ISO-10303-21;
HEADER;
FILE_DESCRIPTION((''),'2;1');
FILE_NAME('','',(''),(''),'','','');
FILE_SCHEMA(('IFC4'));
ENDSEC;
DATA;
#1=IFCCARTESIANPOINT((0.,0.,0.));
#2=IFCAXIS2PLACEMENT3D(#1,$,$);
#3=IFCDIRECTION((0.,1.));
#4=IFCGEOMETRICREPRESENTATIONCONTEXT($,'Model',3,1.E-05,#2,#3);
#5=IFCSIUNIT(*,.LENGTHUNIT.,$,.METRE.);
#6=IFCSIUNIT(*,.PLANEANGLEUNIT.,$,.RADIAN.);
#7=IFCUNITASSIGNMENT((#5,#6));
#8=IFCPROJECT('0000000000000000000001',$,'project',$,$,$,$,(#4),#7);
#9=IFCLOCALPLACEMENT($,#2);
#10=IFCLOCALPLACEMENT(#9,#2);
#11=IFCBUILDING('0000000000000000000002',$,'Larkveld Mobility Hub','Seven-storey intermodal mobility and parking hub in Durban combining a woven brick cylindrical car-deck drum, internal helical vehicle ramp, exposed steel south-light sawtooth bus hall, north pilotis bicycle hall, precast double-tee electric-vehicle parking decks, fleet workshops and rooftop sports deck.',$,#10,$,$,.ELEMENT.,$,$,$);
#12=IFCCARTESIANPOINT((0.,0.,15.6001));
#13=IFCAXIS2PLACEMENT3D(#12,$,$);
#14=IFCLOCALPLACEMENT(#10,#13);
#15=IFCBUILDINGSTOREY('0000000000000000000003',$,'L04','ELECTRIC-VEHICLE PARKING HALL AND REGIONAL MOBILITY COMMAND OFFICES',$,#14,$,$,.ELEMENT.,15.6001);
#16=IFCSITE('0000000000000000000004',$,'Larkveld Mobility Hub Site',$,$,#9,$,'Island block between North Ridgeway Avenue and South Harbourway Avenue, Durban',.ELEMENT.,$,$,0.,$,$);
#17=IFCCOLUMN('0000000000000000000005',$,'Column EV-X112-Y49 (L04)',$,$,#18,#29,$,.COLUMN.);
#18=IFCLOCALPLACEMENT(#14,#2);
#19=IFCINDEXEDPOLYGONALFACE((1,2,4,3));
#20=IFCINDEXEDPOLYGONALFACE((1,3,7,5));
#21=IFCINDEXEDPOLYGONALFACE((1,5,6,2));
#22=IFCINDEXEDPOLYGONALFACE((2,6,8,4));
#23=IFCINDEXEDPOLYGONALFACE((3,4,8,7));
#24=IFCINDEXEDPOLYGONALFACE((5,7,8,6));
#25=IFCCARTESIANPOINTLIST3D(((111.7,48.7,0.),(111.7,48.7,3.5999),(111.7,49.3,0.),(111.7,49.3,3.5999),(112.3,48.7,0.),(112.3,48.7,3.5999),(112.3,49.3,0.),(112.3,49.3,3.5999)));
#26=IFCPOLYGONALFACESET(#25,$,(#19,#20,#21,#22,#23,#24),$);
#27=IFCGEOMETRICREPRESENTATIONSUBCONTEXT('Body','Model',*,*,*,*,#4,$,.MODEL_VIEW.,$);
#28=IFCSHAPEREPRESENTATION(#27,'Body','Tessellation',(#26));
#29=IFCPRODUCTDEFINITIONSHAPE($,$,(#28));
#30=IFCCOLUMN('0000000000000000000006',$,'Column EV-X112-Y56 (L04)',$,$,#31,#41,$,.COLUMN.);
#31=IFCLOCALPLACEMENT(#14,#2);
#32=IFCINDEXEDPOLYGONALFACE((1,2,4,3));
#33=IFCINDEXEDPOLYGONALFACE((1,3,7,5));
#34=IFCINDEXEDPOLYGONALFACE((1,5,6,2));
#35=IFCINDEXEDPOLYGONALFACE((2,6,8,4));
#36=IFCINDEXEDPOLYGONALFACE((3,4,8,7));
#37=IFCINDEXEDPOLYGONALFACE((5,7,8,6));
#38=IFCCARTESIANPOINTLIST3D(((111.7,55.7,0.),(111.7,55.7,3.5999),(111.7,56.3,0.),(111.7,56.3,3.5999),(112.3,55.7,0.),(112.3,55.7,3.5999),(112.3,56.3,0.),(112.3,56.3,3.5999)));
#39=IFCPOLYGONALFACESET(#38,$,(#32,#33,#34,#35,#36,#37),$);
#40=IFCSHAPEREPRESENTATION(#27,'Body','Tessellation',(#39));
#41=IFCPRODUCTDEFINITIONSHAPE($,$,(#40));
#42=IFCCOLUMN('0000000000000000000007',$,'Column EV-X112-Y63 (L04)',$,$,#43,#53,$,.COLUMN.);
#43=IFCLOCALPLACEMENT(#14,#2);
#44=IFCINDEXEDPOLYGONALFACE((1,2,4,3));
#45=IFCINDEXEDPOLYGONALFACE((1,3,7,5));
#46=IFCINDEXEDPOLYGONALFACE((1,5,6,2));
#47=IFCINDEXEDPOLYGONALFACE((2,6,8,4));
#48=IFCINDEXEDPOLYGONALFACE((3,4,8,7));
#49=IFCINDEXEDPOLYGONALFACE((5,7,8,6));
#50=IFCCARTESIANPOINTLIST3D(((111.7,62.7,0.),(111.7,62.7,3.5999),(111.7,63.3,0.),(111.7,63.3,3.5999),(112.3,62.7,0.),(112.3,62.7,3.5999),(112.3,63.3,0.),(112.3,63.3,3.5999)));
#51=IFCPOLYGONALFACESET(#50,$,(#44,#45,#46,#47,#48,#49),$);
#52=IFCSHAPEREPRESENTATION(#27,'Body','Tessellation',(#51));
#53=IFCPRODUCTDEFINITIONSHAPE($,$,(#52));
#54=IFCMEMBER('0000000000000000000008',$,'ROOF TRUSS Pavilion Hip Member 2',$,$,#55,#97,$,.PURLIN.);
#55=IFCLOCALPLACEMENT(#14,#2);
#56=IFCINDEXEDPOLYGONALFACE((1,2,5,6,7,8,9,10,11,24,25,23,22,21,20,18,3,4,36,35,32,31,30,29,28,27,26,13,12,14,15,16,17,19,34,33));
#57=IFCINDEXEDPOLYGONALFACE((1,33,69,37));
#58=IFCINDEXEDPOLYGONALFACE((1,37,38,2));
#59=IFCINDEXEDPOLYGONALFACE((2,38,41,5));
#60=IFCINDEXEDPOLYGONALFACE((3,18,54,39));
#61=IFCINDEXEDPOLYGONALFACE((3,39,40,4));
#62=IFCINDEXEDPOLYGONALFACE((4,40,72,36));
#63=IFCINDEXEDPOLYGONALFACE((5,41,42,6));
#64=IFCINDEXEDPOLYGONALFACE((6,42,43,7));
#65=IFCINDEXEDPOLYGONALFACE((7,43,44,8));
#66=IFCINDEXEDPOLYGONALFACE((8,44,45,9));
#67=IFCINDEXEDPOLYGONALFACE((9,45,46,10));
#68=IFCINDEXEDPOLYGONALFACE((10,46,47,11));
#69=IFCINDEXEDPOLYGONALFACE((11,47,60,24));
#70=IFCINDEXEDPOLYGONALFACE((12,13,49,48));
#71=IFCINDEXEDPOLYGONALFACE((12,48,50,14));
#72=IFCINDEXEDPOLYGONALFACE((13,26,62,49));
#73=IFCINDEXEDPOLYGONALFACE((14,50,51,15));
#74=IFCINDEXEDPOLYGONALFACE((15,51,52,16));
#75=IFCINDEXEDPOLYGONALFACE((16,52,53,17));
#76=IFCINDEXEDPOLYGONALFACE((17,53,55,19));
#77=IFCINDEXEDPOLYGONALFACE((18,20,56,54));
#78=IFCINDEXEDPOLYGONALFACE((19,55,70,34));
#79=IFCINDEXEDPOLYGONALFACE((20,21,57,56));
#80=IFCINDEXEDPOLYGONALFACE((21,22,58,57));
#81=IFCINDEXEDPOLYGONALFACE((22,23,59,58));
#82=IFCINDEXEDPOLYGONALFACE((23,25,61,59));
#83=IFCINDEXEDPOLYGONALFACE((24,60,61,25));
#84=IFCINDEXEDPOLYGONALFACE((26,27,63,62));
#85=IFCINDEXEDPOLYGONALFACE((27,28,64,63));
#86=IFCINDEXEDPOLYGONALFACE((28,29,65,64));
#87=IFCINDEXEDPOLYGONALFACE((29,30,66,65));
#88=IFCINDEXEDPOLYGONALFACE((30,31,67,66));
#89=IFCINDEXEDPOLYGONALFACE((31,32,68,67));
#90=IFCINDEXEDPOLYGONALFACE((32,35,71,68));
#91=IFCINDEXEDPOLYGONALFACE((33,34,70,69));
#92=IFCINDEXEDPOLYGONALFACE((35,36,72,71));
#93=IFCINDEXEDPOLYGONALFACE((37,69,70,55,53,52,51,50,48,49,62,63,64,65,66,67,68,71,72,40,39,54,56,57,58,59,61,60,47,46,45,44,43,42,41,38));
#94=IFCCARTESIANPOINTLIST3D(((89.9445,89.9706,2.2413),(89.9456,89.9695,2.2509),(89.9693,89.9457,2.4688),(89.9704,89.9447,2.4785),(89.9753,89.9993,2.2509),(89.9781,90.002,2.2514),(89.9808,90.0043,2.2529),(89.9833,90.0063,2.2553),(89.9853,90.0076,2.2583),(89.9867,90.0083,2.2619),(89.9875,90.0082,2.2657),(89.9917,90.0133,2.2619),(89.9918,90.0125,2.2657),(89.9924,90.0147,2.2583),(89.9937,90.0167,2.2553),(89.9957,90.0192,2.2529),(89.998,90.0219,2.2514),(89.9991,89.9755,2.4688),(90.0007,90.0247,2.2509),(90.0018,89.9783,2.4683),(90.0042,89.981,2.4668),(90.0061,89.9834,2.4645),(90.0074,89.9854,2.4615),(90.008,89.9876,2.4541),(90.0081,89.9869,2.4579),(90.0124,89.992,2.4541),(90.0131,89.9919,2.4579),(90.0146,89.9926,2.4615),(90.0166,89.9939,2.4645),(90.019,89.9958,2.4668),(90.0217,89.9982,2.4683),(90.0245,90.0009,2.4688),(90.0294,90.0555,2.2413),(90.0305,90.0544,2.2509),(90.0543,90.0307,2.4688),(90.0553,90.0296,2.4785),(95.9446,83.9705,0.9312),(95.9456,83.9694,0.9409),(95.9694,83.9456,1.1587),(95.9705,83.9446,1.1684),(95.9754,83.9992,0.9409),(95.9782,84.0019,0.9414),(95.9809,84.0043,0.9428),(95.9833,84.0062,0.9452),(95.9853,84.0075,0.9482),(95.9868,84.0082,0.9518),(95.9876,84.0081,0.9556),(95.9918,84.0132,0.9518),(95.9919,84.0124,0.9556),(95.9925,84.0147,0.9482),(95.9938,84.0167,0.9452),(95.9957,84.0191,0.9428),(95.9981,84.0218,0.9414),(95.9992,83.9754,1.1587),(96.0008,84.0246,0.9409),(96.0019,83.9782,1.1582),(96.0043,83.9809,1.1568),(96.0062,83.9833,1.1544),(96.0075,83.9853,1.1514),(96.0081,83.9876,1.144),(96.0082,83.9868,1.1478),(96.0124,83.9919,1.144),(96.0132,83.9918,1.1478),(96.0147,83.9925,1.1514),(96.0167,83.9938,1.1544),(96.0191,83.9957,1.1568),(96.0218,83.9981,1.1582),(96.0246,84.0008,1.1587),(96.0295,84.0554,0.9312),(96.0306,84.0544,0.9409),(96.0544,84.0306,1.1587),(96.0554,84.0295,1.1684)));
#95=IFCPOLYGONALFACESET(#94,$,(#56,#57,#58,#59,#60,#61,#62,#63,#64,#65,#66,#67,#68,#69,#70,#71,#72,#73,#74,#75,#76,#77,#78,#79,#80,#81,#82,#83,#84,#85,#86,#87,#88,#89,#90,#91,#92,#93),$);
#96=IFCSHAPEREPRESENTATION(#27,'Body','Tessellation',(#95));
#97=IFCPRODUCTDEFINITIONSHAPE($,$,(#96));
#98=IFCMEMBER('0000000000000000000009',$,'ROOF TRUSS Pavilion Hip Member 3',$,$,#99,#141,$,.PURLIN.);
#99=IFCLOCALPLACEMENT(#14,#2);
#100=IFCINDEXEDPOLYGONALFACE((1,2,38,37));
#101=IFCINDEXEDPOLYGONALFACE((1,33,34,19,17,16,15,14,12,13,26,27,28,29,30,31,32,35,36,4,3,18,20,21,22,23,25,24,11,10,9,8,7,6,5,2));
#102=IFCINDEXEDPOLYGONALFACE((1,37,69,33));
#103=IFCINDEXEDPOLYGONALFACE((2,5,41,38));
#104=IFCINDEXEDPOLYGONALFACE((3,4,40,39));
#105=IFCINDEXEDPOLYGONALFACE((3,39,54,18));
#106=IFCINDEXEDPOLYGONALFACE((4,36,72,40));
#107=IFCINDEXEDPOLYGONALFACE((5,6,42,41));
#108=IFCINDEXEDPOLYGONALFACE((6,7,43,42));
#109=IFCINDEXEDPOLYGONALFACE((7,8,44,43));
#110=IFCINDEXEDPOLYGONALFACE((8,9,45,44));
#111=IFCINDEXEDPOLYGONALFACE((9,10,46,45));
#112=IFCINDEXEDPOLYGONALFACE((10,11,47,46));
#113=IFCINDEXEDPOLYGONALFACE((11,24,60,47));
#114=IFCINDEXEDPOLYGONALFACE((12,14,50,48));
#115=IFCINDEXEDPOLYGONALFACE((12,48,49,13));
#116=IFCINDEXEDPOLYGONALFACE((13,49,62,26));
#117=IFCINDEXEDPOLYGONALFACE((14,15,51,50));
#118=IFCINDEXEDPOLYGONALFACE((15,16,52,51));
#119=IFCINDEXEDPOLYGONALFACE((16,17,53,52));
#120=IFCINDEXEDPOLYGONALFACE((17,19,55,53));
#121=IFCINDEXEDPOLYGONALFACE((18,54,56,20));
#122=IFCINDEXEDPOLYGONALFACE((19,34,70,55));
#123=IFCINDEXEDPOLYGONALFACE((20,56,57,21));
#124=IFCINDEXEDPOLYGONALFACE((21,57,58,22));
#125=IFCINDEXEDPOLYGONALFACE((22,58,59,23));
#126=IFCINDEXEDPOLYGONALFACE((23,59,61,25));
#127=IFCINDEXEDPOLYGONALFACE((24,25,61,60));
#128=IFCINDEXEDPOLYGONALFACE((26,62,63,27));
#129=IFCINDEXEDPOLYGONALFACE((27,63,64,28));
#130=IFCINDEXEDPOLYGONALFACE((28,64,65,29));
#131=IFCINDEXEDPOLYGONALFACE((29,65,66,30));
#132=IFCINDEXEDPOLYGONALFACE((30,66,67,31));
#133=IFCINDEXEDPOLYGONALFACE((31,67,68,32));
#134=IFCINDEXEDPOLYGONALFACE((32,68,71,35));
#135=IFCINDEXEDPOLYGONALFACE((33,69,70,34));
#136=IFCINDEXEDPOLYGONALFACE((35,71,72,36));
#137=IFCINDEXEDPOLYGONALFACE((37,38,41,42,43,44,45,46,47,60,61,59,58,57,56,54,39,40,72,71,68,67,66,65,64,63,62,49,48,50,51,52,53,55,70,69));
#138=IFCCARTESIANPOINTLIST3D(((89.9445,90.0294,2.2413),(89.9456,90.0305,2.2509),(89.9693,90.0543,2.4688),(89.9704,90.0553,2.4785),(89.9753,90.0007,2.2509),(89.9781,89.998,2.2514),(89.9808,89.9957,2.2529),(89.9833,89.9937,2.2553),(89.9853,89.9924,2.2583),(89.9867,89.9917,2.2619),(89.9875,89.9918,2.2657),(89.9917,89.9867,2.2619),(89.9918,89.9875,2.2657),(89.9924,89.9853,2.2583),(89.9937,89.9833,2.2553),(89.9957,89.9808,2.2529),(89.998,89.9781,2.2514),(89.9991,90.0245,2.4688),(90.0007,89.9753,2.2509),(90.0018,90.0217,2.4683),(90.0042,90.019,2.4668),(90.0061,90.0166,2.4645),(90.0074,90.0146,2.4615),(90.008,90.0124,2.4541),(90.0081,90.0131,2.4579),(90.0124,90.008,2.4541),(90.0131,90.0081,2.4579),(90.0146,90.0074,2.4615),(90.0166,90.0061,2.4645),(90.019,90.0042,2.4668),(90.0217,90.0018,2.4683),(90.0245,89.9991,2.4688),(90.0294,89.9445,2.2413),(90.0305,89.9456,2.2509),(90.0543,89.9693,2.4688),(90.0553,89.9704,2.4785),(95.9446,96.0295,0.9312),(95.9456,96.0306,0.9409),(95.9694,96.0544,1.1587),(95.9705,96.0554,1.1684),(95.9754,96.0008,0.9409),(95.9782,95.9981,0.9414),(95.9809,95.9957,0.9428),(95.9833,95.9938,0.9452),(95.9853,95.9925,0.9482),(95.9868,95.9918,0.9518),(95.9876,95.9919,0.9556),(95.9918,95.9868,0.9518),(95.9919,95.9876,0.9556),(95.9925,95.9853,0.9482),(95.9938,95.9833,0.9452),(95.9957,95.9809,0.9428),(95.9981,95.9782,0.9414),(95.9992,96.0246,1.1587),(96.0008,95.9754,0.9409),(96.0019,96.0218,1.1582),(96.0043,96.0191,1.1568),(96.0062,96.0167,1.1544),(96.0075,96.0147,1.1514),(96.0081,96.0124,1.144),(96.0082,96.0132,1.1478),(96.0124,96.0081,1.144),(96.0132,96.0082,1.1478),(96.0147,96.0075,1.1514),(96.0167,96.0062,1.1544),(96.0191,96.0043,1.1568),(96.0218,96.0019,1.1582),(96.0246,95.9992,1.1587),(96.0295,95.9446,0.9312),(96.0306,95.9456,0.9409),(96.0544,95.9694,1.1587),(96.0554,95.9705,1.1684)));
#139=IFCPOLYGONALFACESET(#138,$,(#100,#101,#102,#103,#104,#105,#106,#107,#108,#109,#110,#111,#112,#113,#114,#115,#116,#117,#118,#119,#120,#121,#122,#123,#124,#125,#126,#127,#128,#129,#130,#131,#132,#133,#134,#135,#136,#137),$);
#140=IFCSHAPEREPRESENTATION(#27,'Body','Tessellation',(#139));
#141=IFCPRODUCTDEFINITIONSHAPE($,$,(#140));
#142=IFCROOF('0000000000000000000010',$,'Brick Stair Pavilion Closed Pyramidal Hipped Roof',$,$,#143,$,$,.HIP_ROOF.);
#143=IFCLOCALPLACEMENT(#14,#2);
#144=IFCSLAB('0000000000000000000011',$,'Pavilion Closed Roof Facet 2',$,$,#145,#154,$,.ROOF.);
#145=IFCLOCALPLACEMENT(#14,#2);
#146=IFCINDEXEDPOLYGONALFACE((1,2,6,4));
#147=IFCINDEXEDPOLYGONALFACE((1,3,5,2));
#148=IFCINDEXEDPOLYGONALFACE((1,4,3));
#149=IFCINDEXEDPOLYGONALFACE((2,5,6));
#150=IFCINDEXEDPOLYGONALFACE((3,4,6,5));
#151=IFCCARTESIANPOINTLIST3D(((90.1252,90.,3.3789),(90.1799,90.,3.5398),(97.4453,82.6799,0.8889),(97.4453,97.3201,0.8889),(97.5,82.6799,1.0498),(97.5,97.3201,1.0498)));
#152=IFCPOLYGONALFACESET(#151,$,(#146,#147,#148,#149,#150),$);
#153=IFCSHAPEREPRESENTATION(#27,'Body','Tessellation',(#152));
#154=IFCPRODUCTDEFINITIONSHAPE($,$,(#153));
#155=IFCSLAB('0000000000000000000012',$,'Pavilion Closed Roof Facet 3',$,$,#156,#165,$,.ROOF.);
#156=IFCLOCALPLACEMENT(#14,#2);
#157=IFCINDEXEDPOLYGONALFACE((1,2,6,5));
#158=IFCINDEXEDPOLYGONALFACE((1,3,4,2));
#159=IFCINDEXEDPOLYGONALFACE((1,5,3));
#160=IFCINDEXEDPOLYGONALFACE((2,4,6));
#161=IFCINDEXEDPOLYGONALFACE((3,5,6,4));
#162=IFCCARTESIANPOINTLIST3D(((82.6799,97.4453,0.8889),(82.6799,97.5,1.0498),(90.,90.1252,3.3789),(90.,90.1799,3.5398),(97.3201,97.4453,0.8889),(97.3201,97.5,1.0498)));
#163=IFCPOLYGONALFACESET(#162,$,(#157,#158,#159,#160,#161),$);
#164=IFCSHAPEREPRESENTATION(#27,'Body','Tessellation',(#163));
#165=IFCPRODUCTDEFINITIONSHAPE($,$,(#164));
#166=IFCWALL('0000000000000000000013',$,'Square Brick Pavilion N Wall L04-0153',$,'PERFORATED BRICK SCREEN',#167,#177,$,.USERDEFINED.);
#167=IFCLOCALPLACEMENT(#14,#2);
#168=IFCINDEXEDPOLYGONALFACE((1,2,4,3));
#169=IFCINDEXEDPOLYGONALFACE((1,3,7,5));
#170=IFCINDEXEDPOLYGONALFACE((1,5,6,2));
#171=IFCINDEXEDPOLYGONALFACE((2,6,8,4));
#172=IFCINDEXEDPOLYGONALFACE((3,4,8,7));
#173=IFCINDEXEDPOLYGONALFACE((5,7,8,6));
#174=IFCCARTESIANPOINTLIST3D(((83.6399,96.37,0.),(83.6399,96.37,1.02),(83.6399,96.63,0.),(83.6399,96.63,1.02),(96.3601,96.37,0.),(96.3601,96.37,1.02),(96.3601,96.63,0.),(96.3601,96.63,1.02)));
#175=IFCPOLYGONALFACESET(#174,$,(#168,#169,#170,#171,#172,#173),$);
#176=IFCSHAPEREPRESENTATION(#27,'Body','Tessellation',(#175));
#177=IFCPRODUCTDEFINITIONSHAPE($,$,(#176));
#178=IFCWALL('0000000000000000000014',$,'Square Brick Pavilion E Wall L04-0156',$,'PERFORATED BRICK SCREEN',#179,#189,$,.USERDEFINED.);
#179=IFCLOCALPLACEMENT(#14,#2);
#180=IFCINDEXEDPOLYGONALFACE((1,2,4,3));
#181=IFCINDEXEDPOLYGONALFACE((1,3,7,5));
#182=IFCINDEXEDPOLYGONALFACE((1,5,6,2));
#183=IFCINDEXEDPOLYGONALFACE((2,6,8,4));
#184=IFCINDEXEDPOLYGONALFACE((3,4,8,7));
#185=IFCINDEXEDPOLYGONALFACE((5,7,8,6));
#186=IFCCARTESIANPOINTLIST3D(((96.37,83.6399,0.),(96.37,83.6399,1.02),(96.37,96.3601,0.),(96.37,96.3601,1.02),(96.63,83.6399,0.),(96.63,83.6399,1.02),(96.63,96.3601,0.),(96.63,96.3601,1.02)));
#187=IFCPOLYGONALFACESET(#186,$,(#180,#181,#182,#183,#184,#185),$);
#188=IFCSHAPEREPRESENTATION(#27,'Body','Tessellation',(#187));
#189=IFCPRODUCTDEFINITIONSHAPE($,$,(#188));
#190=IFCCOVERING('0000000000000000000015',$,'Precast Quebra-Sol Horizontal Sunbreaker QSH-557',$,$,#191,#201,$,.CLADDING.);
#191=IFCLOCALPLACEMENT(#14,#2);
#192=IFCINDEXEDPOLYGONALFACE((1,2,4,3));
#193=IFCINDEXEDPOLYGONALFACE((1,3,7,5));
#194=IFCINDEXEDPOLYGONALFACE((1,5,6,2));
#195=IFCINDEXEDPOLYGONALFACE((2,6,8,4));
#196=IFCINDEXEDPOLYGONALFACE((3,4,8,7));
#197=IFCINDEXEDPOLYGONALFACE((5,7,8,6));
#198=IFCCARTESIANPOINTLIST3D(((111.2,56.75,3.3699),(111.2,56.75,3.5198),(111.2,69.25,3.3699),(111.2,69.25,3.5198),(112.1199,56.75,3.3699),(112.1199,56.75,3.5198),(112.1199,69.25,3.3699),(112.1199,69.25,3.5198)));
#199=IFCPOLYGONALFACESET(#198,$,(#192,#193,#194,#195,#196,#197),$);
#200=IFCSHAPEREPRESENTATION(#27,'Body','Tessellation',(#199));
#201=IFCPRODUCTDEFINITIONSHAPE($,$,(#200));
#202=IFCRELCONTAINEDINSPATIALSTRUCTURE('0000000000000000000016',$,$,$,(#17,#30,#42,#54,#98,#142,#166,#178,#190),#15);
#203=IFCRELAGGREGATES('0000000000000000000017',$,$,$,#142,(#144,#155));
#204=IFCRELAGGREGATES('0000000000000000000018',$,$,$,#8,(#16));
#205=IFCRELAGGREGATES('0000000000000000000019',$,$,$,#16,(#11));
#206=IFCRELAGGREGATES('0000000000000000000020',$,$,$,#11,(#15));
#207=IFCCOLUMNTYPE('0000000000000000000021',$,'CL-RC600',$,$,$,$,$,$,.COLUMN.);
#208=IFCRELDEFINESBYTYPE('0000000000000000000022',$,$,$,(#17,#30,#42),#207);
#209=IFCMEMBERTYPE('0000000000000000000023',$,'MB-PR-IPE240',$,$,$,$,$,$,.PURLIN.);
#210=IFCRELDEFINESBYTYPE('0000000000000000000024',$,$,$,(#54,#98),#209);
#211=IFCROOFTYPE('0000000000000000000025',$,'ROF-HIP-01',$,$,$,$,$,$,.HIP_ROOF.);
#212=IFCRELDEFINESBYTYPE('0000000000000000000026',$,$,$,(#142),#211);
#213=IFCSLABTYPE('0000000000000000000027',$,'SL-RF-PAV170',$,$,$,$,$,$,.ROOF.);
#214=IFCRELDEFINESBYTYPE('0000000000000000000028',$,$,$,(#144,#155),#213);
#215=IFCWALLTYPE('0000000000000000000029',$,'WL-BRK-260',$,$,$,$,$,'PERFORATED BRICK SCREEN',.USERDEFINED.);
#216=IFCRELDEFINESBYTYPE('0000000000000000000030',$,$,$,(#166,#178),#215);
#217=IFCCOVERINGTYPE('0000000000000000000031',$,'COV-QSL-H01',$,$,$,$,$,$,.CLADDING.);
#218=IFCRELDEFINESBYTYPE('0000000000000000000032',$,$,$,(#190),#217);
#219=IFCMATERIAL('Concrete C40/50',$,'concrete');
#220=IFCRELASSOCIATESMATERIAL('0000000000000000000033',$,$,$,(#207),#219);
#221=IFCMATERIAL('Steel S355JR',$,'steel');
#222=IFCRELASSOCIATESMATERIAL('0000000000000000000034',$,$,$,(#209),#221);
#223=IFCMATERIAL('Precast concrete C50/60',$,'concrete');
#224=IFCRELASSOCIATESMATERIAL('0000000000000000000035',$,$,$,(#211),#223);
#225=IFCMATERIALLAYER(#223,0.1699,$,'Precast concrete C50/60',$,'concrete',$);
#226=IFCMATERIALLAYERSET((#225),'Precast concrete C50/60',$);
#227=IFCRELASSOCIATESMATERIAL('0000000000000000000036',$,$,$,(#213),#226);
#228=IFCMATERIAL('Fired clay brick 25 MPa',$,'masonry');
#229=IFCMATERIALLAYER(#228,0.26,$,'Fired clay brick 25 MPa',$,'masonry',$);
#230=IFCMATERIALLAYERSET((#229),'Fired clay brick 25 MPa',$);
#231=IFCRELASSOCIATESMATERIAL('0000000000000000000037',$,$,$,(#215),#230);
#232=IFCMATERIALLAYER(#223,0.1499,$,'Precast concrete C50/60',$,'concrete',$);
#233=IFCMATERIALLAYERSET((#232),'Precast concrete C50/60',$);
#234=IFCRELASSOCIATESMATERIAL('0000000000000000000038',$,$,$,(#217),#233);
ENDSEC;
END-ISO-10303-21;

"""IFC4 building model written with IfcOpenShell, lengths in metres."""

from ifc_helpers import new_model, si_unit, direction, frame, frame_2d, origin, origin_2d, place, context, subcontext, project, spatial, polyline, rectangle, i_section, outline, extrude, material, layer, layer_set, material_profile, profile_set, type_object, element, aggregate, save


model = new_model("IFC4")

# Units and contexts
model_context = context("Model", 3, precision=1e-05, world=origin(), true_north=direction((0.0, 1.0)))
body_context = subcontext(model_context, "Body", "Model", "MODEL_VIEW")
ifc_project = project(units=[si_unit("LENGTHUNIT", "METRE"), si_unit("PLANEANGLEUNIT", "RADIAN")], contexts=[model_context])

# Site, building, storey
site_placement = place(None, origin())
site = spatial("IfcSite", under=ifc_project, at=site_placement, Name="Larkveld Mobility Hub Site", LongName="Island block between North Ridgeway Avenue and South Harbourway Avenue, Durban", CompositionType="ELEMENT", RefElevation=0.0)
building_placement = place(site_placement, origin())
building = spatial("IfcBuilding", under=site, at=building_placement, Name="Larkveld Mobility Hub", Description="Seven-storey intermodal mobility and parking hub in Durban combining a woven brick cylindrical car-deck drum, internal helical vehicle ramp, exposed steel south-light sawtooth bus hall, north pilotis bicycle hall, precast double-tee electric-vehicle parking decks, fleet workshops and rooftop sports deck.", CompositionType="ELEMENT")
storey_placement = place(building_placement, frame((0.0, 0.0, 15.6001)))
storey = spatial("IfcBuildingStorey", under=building, at=storey_placement, Name="L04", Description="ELECTRIC-VEHICLE PARKING HALL AND REGIONAL MOBILITY COMMAND OFFICES", CompositionType="ELEMENT", Elevation=15.6001)

# Columns
ifc_material_1 = material(Name="Concrete C40/50", Category="concrete")
ifc_material_profile_1 = material_profile(ifc_material_1, rectangle(XDim=0.6001, YDim=0.6001, at=origin_2d()), Name="RC COL 600x600")
ifc_profile_set_1 = profile_set([ifc_material_profile_1], Name="Concrete C40/50")
column_type = type_object("IfcColumnType", Name="CL-RC600", PredefinedType="COLUMN", material=ifc_profile_set_1)
for number, where, z_axis, x_axis, name in (
    (1, (112.0, 49.0, 0.0), (0.0, 0.0, 1.0), (1.0, 0.0, 0.0), "Column EV-X112-Y49 (L04)"),
    (2, (112.0, 56.0, 0.0), (0.0, 0.0, 1.0), (1.0, 0.0, 0.0), "Column EV-X112-Y56 (L04)"),
    (3, (112.0, 63.0, 0.0), (0.0, 0.0, 1.0), (1.0, 0.0, 0.0), "Column EV-X112-Y63 (L04)"),
):
    element("IfcColumn", number, at=place(storey_placement, frame(where, z_axis=z_axis, x_axis=x_axis)), inside=storey, type_object=column_type, Name=name, PredefinedType="COLUMN", context=body_context, shape_type="SweptSolid", body=[
        extrude(rectangle(XDim=0.6001, YDim=0.6001, at=origin_2d()), origin(), (0.0, 0.0, 1.0), 3.5999),
    ])

# Members
ifc_material_2 = material(Name="Steel S355JR", Category="steel")
ifc_material_profile_2 = material_profile(ifc_material_2, i_section(OverallWidth=0.1201, OverallDepth=0.24, WebThickness=0.0061, FlangeThickness=0.0098, FilletRadius=0.0149, at=origin_2d()), Name="IPE 240")
ifc_profile_set_2 = profile_set([ifc_material_profile_2], Name="Steel S355JR")
member_type = type_object("IfcMemberType", Name="MB-PR-IPE240", PredefinedType="PURLIN", material=ifc_profile_set_2)
for number, where, z_axis, x_axis, name in (
    (4, (96.0, 84.0, 1.0498), (-0.698827, 0.698827, 0.152584), (-0.707107, -0.707107, 0.0), "ROOF TRUSS Pavilion Hip Member 2"),
    (5, (96.0, 96.0, 1.0498), (-0.698827, -0.698827, 0.152584), (0.707107, -0.707107, 0.0), "ROOF TRUSS Pavilion Hip Member 3"),
):
    element("IfcMember", number, at=place(storey_placement, frame(where, z_axis=z_axis, x_axis=x_axis)), inside=storey, type_object=member_type, Name=name, PredefinedType="PURLIN", context=body_context, shape_type="SweptSolid", body=[
        extrude(i_section(OverallWidth=0.1201, OverallDepth=0.24, WebThickness=0.0061, FlangeThickness=0.0098, FilletRadius=0.0149, at=origin_2d()), origin(), (0.0, 0.0, 1.0), 8.5859),
    ])

# Roof, slabs
ifc_material_3 = material(Name="Precast concrete C50/60", Category="concrete")
roof_type = type_object("IfcRoofType", Name="ROF-HIP-01", PredefinedType="HIP_ROOF", material=ifc_material_3)
roof_placement = place(storey_placement, origin())
roof = element("IfcRoof", 6, at=roof_placement, inside=storey, type_object=roof_type, Name="Brick Stair Pavilion Closed Pyramidal Hipped Roof", PredefinedType="HIP_ROOF")
ifc_layer_1 = layer(ifc_material_3, 0.1699, Name="Precast concrete C50/60", Category="concrete")
ifc_layer_set_1 = layer_set([ifc_layer_1], Name="Precast concrete C50/60")
slab_type = type_object("IfcSlabType", Name="SL-RF-PAV170", PredefinedType="ROOF", material=ifc_layer_set_1)
slab_1_placement = place(storey_placement, frame((97.5, 82.6799, 1.0498), z_axis=(0.322038, 0.0, 0.946727), x_axis=(0.0, 1.0, 0.0)))
slab_1 = element("IfcSlab", 7, at=slab_1_placement, type_object=slab_type, Name="Pavilion Closed Roof Facet 2", PredefinedType="ROOF", context=body_context, shape_type="SweptSolid", body=[
    extrude(outline(polyline([(0.0, 0.0), (14.6401, 0.0), (7.3201, 7.732), (0.0, 0.0)])), origin(), (0.0, 0.0, -1.0), 0.1699),
])
slab_2_placement = place(storey_placement, frame((97.3201, 97.5, 1.0498), z_axis=(0.0, 0.322038, 0.946727), x_axis=(-1.0, 0.0, 0.0)))
slab_2 = element("IfcSlab", 8, at=slab_2_placement, type_object=slab_type, Name="Pavilion Closed Roof Facet 3", PredefinedType="ROOF", context=body_context, shape_type="SweptSolid", body=[
    extrude(outline(polyline([(0.0, 0.0), (14.6401, 0.0), (7.3201, 7.732), (0.0, 0.0)])), origin(), (0.0, 0.0, -1.0), 0.1699),
])
aggregate(roof, [slab_1, slab_2])

# Walls
ifc_material_4 = material(Name="Fired clay brick 25 MPa", Category="masonry")
ifc_layer_2 = layer(ifc_material_4, 0.26, Name="Fired clay brick 25 MPa", Category="masonry")
ifc_layer_set_2 = layer_set([ifc_layer_2], Name="Fired clay brick 25 MPa")
wall_type = type_object("IfcWallType", Name="WL-BRK-260", ElementType="PERFORATED BRICK SCREEN", PredefinedType="USERDEFINED", material=ifc_layer_set_2)
for number, where, z_axis, x_axis, name in (
    (9, (96.3601, 96.5, 0.0), (0.0, 0.0, 1.0), (-1.0, 0.0, 0.0), "Square Brick Pavilion N Wall L04-0153"),
    (10, (96.5, 83.6399, 0.0), (0.0, 0.0, 1.0), (0.0, 1.0, 0.0), "Square Brick Pavilion E Wall L04-0156"),
):
    element("IfcWall", number, at=place(storey_placement, frame(where, z_axis=z_axis, x_axis=x_axis)), inside=storey, type_object=wall_type, Name=name, ObjectType="PERFORATED BRICK SCREEN", PredefinedType="USERDEFINED", context=body_context, shape_type="SweptSolid", body=[
        extrude(rectangle(XDim=12.7202, YDim=0.26, at=frame_2d((6.3601, 0.0))), origin(), (0.0, 0.0, 1.0), 1.02),
    ])

# Covering
ifc_layer_3 = layer(ifc_material_3, 0.1499, Name="Precast concrete C50/60", Category="concrete")
ifc_layer_set_3 = layer_set([ifc_layer_3], Name="Precast concrete C50/60")
covering_type_1 = type_object("IfcCoveringType", Name="COV-QSL-H01", PredefinedType="CLADDING", material=ifc_layer_set_3)
for number, where, z_axis, x_axis, name in (
    (11, (111.6599, 63.0, 3.3699), (0.0, 0.0, 1.0), (0.0, -1.0, 0.0), "Precast Quebra-Sol Horizontal Sunbreaker QSH-557"),
):
    element("IfcCovering", number, at=place(storey_placement, frame(where, z_axis=z_axis, x_axis=x_axis)), inside=storey, type_object=covering_type_1, Name=name, PredefinedType="CLADDING", context=body_context, shape_type="SweptSolid", body=[
        extrude(rectangle(XDim=12.5, YDim=0.9199, at=origin_2d()), origin(), (0.0, 0.0, 1.0), 0.1499),
    ])

save(model, "model.ifc")
